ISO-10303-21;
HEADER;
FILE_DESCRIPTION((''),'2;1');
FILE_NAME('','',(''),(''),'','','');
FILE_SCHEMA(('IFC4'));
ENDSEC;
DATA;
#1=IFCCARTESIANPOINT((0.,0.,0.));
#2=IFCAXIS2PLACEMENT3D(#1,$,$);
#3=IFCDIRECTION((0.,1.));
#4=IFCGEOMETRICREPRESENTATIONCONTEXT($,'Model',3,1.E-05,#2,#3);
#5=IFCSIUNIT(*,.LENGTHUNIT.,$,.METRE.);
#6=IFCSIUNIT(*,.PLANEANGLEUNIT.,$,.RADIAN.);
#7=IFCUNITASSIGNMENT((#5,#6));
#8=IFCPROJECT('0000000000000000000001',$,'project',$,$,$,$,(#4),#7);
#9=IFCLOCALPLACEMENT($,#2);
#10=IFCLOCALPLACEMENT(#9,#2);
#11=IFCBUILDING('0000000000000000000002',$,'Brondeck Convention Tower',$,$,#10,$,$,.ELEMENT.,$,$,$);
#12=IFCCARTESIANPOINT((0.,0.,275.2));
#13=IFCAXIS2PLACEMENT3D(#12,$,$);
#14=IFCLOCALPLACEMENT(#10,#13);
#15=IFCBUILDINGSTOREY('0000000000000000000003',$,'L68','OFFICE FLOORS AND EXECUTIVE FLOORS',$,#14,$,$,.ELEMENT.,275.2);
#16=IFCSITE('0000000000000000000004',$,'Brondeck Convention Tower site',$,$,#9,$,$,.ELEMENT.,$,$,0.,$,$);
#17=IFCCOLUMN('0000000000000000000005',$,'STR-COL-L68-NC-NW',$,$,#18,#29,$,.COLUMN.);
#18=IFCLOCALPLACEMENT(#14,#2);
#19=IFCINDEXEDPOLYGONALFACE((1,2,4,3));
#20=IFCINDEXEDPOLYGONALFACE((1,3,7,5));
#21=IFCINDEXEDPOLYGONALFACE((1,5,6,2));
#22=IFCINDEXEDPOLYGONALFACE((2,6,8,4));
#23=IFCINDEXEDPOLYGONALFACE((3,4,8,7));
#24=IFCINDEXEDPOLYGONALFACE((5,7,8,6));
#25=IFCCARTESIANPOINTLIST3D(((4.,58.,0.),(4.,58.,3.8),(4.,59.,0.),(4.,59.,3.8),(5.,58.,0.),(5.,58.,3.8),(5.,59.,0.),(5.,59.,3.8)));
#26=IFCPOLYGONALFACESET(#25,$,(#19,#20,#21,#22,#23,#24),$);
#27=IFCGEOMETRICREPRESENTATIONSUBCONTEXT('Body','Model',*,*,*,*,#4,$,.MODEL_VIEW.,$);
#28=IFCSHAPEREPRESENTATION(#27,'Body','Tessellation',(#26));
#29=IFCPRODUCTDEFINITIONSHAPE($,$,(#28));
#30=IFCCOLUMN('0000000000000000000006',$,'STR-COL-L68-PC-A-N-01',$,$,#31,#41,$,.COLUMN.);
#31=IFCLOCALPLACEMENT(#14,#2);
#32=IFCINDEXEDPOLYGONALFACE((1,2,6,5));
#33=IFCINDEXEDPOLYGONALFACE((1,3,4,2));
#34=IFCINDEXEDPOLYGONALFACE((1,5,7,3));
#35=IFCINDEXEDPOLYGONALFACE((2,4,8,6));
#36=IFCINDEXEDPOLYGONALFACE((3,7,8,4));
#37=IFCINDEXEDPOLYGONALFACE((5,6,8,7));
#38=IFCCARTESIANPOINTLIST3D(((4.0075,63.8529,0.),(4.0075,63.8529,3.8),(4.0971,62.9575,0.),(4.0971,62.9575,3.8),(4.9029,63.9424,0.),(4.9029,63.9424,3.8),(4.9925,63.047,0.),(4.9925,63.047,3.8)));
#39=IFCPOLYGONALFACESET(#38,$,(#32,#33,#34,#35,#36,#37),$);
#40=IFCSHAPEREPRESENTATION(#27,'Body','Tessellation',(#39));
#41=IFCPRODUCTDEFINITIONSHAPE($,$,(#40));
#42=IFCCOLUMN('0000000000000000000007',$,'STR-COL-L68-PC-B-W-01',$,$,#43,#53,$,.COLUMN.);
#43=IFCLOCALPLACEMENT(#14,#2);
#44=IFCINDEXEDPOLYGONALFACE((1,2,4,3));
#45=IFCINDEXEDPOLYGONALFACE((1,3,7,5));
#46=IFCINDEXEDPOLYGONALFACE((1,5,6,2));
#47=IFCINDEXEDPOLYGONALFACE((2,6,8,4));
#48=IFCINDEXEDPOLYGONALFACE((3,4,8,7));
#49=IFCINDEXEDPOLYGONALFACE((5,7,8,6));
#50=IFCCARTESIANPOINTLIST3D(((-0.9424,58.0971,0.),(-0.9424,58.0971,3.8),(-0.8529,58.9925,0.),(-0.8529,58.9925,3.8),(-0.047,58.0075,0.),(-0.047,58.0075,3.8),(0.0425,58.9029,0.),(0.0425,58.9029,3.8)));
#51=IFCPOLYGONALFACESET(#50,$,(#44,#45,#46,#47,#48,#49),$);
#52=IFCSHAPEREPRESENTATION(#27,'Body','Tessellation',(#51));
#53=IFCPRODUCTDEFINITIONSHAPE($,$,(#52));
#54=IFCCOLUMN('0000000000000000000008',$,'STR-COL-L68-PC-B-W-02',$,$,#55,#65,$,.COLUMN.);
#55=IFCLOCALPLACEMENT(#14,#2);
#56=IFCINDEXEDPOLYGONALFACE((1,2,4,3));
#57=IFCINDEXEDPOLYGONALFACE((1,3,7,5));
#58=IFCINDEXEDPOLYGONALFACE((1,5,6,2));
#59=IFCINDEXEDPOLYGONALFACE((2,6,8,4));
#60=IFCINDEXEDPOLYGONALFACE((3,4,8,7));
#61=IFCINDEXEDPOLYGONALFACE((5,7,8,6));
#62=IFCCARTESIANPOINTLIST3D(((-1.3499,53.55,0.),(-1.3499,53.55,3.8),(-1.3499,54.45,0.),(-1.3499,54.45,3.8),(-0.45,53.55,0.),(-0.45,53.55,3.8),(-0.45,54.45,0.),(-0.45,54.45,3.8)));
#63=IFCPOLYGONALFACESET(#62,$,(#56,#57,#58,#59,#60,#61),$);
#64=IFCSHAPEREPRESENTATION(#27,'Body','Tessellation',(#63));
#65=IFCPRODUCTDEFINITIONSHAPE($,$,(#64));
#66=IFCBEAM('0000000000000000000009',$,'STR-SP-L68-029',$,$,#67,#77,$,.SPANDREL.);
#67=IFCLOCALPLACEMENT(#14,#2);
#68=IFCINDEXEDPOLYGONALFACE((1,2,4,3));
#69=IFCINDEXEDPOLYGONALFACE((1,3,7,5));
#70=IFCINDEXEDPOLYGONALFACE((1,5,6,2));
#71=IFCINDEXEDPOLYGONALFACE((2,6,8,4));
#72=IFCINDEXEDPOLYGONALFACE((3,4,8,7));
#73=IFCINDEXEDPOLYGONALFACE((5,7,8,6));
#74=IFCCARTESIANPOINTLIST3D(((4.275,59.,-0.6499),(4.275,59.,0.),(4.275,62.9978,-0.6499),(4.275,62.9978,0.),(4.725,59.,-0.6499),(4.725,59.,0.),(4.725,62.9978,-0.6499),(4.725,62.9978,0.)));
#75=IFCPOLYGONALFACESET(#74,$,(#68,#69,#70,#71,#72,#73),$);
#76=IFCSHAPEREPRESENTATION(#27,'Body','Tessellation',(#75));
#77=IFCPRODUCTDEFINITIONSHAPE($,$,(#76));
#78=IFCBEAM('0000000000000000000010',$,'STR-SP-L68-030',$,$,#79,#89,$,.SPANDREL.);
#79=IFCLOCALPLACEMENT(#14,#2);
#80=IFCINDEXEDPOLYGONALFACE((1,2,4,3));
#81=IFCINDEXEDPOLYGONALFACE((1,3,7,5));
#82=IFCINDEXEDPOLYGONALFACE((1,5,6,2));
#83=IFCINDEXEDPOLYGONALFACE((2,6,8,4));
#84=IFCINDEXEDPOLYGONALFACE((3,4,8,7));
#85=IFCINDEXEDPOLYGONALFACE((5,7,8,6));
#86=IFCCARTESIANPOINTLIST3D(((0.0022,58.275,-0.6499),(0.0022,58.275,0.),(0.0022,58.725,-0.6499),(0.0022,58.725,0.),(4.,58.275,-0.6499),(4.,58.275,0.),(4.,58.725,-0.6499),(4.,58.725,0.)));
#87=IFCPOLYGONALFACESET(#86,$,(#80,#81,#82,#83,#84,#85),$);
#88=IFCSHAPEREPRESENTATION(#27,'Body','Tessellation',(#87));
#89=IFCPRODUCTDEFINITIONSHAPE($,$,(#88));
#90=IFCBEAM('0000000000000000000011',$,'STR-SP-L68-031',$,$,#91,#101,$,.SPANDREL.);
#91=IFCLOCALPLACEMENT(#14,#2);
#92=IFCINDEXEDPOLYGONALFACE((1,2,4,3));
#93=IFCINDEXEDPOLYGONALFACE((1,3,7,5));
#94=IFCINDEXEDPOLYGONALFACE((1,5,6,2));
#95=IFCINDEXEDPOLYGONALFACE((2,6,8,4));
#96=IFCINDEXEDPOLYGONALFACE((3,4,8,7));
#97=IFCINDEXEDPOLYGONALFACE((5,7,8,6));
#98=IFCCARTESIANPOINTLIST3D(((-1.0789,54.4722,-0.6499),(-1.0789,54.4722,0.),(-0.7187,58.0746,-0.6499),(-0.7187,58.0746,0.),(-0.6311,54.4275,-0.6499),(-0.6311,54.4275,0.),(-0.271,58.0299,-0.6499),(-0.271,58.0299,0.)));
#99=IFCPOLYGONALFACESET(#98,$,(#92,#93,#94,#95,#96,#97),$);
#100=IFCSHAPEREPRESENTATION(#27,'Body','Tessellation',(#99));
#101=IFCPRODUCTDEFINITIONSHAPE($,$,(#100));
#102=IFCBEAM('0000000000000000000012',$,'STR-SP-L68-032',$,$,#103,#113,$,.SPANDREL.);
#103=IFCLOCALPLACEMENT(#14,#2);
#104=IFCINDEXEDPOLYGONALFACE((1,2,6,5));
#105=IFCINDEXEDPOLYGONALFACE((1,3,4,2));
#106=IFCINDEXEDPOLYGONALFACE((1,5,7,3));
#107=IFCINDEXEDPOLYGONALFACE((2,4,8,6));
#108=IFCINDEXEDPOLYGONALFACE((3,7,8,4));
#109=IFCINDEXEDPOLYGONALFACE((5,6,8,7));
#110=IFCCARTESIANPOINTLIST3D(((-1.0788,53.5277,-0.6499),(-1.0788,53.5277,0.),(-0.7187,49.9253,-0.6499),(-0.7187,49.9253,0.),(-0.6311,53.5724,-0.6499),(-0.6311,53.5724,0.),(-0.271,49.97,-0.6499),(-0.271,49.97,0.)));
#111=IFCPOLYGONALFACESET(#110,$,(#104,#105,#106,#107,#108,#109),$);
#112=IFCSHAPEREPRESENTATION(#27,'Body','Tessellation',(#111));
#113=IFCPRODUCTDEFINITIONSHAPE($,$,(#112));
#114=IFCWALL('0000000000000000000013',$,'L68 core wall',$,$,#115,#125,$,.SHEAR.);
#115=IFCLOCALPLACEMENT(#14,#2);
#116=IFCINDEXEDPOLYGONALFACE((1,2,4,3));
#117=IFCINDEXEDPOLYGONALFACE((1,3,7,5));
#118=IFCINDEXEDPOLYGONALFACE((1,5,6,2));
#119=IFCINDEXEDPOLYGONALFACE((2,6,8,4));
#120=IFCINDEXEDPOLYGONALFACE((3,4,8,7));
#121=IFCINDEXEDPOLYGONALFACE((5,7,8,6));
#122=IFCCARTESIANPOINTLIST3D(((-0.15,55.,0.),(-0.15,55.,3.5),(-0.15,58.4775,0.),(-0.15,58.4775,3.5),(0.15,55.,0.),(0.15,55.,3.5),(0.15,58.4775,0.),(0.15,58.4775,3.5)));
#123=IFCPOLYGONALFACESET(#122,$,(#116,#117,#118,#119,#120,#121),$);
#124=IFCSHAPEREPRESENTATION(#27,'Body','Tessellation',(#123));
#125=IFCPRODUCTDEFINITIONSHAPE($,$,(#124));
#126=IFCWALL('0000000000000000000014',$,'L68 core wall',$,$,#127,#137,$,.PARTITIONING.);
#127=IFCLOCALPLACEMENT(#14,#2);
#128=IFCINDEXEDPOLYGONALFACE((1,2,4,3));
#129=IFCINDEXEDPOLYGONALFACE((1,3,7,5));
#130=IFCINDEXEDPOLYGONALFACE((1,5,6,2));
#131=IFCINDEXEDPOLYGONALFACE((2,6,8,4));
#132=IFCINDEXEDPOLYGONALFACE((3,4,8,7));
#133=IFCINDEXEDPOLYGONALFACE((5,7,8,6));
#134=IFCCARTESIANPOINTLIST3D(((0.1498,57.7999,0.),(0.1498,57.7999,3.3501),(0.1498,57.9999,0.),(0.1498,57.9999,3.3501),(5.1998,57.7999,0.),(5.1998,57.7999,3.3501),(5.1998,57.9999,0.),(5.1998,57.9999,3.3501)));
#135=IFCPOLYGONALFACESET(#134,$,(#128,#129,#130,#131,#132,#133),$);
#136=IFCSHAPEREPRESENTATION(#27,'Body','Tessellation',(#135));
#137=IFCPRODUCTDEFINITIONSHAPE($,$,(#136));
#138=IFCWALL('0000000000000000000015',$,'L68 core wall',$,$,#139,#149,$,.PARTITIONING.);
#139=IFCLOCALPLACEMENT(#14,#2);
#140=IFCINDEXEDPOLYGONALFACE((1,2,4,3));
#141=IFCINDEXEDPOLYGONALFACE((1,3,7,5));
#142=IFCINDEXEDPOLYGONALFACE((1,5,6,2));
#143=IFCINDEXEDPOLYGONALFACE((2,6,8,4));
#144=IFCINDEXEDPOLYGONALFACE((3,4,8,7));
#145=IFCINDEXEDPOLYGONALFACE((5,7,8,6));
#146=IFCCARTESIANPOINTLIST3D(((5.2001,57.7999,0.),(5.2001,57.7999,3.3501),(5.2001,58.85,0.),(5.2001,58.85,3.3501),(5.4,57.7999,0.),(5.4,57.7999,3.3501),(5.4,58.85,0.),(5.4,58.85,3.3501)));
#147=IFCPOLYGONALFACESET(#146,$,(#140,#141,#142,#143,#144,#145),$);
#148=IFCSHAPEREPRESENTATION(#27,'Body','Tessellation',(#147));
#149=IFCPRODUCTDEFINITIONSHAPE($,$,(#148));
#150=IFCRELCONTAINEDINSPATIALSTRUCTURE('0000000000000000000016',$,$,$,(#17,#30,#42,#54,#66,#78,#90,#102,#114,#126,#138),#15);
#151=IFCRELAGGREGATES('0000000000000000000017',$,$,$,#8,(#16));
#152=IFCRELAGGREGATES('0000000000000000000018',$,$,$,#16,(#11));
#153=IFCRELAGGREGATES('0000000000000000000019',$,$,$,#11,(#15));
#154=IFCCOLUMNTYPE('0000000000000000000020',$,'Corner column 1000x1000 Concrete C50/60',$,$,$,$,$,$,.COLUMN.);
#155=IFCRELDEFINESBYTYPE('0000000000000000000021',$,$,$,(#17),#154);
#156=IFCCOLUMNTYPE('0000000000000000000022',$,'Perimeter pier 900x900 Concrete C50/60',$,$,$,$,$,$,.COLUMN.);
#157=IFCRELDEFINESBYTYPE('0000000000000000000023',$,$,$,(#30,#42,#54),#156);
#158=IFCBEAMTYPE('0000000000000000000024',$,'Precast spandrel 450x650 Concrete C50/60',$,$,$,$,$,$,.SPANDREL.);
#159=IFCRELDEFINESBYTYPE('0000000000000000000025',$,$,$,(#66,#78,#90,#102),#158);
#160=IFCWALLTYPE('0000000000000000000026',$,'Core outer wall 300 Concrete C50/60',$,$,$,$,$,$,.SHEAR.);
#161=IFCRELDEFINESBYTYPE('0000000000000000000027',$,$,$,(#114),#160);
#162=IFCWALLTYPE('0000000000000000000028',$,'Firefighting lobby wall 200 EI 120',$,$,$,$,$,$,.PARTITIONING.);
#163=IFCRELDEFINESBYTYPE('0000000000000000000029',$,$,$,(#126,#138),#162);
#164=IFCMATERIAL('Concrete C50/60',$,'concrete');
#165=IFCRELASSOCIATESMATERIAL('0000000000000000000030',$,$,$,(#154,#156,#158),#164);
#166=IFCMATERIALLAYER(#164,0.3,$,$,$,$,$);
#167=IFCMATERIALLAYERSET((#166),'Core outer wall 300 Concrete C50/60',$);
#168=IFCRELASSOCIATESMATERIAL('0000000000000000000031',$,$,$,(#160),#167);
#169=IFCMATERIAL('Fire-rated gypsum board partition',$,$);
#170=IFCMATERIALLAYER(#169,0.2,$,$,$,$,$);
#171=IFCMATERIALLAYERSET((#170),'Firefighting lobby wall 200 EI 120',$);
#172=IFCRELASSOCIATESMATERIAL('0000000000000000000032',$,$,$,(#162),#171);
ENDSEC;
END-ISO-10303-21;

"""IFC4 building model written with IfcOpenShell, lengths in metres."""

from ifc_helpers import new_model, si_unit, direction, frame, frame_2d, origin, origin_2d, place, context, subcontext, project, spatial, rectangle, extrude, material, layer, layer_set, material_profile, profile_set, type_object, element, save


model = new_model("IFC4")

# Units and contexts
model_context = context("Model", 3, precision=1e-05, world=origin(), true_north=direction((0.0, 1.0)))
body_context = subcontext(model_context, "Body", "Model", "MODEL_VIEW")
ifc_project = project(units=[si_unit("LENGTHUNIT", "METRE"), si_unit("PLANEANGLEUNIT", "RADIAN")], contexts=[model_context])

# Site, building, storey
site_placement = place(None, origin())
site = spatial("IfcSite", under=ifc_project, at=site_placement, Name="Brondeck Convention Tower site", CompositionType="ELEMENT", RefElevation=0.0)
building_placement = place(site_placement, origin())
building = spatial("IfcBuilding", under=site, at=building_placement, Name="Brondeck Convention Tower", CompositionType="ELEMENT")
storey_placement = place(building_placement, frame((0.0, 0.0, 275.2)))
storey = spatial("IfcBuildingStorey", under=building, at=storey_placement, Name="L68", Description="OFFICE FLOORS AND EXECUTIVE FLOORS", CompositionType="ELEMENT", Elevation=275.2)

# Columns
ifc_material_1 = material(Name="Concrete C50/60", Category="concrete")
ifc_material_profile_1 = material_profile(ifc_material_1, rectangle(XDim=1.0, YDim=1.0, at=origin_2d()), Name="Corner column 1000x1000 Concrete C50/60")
ifc_profile_set_1 = profile_set([ifc_material_profile_1], Name="Concrete C50/60")
column_type_1 = type_object("IfcColumnType", Name="Corner column 1000x1000 Concrete C50/60", PredefinedType="COLUMN", material=ifc_profile_set_1)
column_placement = place(storey_placement, frame((4.5, 58.5, 0.0), z_axis=(0.0, 0.0, 1.0), x_axis=(1.0, 0.0, 0.0)))
element("IfcColumn", 1, at=column_placement, inside=storey, type_object=column_type_1, Name="STR-COL-L68-NC-NW", PredefinedType="COLUMN", context=body_context, shape_type="SweptSolid", body=[
    extrude(rectangle(XDim=1.0, YDim=1.0, at=origin_2d()), origin(), (0.0, 0.0, 1.0), 3.8),
])
ifc_material_profile_2 = material_profile(ifc_material_1, rectangle(XDim=0.8999, YDim=0.8999, at=origin_2d()), Name="Perimeter pier 900x900 Concrete C50/60")
ifc_profile_set_2 = profile_set([ifc_material_profile_2], Name="Concrete C50/60")
column_type_2 = type_object("IfcColumnType", Name="Perimeter pier 900x900 Concrete C50/60", PredefinedType="COLUMN", material=ifc_profile_set_2)
for number, where, z_axis, x_axis, name in (
    (2, (4.5, 63.45, 0.0), (0.0, 0.0, 1.0), (-0.995037, -0.099504, 0.0), "STR-COL-L68-PC-A-N-01"),
    (3, (-0.45, 58.5, 0.0), (0.0, 0.0, 1.0), (-0.099504, -0.995037, 0.0), "STR-COL-L68-PC-B-W-01"),
    (4, (-0.8999, 54.0, 0.0), (0.0, 0.0, 1.0), (0.0, -1.0, 0.0), "STR-COL-L68-PC-B-W-02"),
):
    element("IfcColumn", number, at=place(storey_placement, frame(where, z_axis=z_axis, x_axis=x_axis)), inside=storey, type_object=column_type_2, Name=name, PredefinedType="COLUMN", context=body_context, shape_type="SweptSolid", body=[
        extrude(rectangle(XDim=0.8999, YDim=0.8999, at=origin_2d()), origin(), (0.0, 0.0, 1.0), 3.8),
    ])

# Beams
ifc_material_profile_3 = material_profile(ifc_material_1, rectangle(XDim=0.45, YDim=0.6499, at=origin_2d()), Name="Precast spandrel 450x650 Concrete C50/60")
ifc_profile_set_3 = profile_set([ifc_material_profile_3], Name="Concrete C50/60")
beam_type = type_object("IfcBeamType", Name="Precast spandrel 450x650 Concrete C50/60", PredefinedType="SPANDREL", material=ifc_profile_set_3)
for number, where, z_axis, x_axis, name in (
    (5, (4.5, 62.9978, -0.325), (0.0, -1.0, 0.0), (1.0, 0.0, 0.0), "STR-SP-L68-029"),
    (6, (4.0, 58.5, -0.325), (-1.0, 0.0, 0.0), (0.0, -1.0, 0.0), "STR-SP-L68-030"),
):
    element("IfcBeam", number, at=place(storey_placement, frame(where, z_axis=z_axis, x_axis=x_axis)), inside=storey, type_object=beam_type, Name=name, PredefinedType="SPANDREL", context=body_context, shape_type="SweptSolid", body=[
        extrude(rectangle(XDim=0.45, YDim=0.6499, at=origin_2d()), origin(), (0.0, 0.0, 1.0), 3.9978),
    ])
for number, where, z_axis, x_axis, name in (
    (7, (-0.4949, 58.0522, -0.325), (-0.09947, -0.995041, 0.0), (0.995041, -0.09947, 0.0), "STR-SP-L68-031"),
    (8, (-0.855, 53.55, -0.325), (0.09947, -0.995041, 0.0), (0.995041, 0.09947, 0.0), "STR-SP-L68-032"),
):
    element("IfcBeam", number, at=place(storey_placement, frame(where, z_axis=z_axis, x_axis=x_axis)), inside=storey, type_object=beam_type, Name=name, PredefinedType="SPANDREL", context=body_context, shape_type="SweptSolid", body=[
        extrude(rectangle(XDim=0.45, YDim=0.6499, at=origin_2d()), origin(), (0.0, 0.0, 1.0), 3.6204),
    ])

# Walls
ifc_layer_1 = layer(ifc_material_1, 0.3)
ifc_layer_set_1 = layer_set([ifc_layer_1], Name="Core outer wall 300 Concrete C50/60")
wall_type_1 = type_object("IfcWallType", Name="Core outer wall 300 Concrete C50/60", PredefinedType="SHEAR", material=ifc_layer_set_1)
wall_1_placement = place(storey_placement, frame((0.0, 55.0, 0.0), z_axis=(0.0, 0.0, 1.0), x_axis=(0.0, 1.0, 0.0)))
element("IfcWall", 9, at=wall_1_placement, inside=storey, type_object=wall_type_1, Name="L68 core wall", PredefinedType="SHEAR", context=body_context, shape_type="SweptSolid", body=[
    extrude(rectangle(XDim=3.4775, YDim=0.3, at=frame_2d((1.7388, 0.0))), origin(), (0.0, 0.0, 1.0), 3.5),
])
ifc_material_2 = material(Name="Fire-rated gypsum board partition")
ifc_layer_2 = layer(ifc_material_2, 0.2)
ifc_layer_set_2 = layer_set([ifc_layer_2], Name="Firefighting lobby wall 200 EI 120")
wall_type_2 = type_object("IfcWallType", Name="Firefighting lobby wall 200 EI 120", PredefinedType="PARTITIONING", material=ifc_layer_set_2)
wall_2_placement = place(storey_placement, frame((0.1499, 57.8999, 0.0), z_axis=(0.0, 0.0, 1.0), x_axis=(1.0, 0.0, 0.0)))
element("IfcWall", 10, at=wall_2_placement, inside=storey, type_object=wall_type_2, Name="L68 core wall", PredefinedType="PARTITIONING", context=body_context, shape_type="SweptSolid", body=[
    extrude(rectangle(XDim=5.05, YDim=0.2, at=frame_2d((2.5249, 0.0))), origin(), (0.0, 0.0, 1.0), 3.3501),
])
wall_3_placement = place(storey_placement, frame((5.3, 57.8, 0.0), z_axis=(0.0, 0.0, 1.0), x_axis=(0.0, 1.0, 0.0)))
element("IfcWall", 11, at=wall_3_placement, inside=storey, type_object=wall_type_2, Name="L68 core wall", PredefinedType="PARTITIONING", context=body_context, shape_type="SweptSolid", body=[
    extrude(rectangle(XDim=1.05, YDim=0.2, at=frame_2d((0.5249, 0.0))), origin(), (0.0, 0.0, 1.0), 3.3501),
])

save(model, "model.ifc")
